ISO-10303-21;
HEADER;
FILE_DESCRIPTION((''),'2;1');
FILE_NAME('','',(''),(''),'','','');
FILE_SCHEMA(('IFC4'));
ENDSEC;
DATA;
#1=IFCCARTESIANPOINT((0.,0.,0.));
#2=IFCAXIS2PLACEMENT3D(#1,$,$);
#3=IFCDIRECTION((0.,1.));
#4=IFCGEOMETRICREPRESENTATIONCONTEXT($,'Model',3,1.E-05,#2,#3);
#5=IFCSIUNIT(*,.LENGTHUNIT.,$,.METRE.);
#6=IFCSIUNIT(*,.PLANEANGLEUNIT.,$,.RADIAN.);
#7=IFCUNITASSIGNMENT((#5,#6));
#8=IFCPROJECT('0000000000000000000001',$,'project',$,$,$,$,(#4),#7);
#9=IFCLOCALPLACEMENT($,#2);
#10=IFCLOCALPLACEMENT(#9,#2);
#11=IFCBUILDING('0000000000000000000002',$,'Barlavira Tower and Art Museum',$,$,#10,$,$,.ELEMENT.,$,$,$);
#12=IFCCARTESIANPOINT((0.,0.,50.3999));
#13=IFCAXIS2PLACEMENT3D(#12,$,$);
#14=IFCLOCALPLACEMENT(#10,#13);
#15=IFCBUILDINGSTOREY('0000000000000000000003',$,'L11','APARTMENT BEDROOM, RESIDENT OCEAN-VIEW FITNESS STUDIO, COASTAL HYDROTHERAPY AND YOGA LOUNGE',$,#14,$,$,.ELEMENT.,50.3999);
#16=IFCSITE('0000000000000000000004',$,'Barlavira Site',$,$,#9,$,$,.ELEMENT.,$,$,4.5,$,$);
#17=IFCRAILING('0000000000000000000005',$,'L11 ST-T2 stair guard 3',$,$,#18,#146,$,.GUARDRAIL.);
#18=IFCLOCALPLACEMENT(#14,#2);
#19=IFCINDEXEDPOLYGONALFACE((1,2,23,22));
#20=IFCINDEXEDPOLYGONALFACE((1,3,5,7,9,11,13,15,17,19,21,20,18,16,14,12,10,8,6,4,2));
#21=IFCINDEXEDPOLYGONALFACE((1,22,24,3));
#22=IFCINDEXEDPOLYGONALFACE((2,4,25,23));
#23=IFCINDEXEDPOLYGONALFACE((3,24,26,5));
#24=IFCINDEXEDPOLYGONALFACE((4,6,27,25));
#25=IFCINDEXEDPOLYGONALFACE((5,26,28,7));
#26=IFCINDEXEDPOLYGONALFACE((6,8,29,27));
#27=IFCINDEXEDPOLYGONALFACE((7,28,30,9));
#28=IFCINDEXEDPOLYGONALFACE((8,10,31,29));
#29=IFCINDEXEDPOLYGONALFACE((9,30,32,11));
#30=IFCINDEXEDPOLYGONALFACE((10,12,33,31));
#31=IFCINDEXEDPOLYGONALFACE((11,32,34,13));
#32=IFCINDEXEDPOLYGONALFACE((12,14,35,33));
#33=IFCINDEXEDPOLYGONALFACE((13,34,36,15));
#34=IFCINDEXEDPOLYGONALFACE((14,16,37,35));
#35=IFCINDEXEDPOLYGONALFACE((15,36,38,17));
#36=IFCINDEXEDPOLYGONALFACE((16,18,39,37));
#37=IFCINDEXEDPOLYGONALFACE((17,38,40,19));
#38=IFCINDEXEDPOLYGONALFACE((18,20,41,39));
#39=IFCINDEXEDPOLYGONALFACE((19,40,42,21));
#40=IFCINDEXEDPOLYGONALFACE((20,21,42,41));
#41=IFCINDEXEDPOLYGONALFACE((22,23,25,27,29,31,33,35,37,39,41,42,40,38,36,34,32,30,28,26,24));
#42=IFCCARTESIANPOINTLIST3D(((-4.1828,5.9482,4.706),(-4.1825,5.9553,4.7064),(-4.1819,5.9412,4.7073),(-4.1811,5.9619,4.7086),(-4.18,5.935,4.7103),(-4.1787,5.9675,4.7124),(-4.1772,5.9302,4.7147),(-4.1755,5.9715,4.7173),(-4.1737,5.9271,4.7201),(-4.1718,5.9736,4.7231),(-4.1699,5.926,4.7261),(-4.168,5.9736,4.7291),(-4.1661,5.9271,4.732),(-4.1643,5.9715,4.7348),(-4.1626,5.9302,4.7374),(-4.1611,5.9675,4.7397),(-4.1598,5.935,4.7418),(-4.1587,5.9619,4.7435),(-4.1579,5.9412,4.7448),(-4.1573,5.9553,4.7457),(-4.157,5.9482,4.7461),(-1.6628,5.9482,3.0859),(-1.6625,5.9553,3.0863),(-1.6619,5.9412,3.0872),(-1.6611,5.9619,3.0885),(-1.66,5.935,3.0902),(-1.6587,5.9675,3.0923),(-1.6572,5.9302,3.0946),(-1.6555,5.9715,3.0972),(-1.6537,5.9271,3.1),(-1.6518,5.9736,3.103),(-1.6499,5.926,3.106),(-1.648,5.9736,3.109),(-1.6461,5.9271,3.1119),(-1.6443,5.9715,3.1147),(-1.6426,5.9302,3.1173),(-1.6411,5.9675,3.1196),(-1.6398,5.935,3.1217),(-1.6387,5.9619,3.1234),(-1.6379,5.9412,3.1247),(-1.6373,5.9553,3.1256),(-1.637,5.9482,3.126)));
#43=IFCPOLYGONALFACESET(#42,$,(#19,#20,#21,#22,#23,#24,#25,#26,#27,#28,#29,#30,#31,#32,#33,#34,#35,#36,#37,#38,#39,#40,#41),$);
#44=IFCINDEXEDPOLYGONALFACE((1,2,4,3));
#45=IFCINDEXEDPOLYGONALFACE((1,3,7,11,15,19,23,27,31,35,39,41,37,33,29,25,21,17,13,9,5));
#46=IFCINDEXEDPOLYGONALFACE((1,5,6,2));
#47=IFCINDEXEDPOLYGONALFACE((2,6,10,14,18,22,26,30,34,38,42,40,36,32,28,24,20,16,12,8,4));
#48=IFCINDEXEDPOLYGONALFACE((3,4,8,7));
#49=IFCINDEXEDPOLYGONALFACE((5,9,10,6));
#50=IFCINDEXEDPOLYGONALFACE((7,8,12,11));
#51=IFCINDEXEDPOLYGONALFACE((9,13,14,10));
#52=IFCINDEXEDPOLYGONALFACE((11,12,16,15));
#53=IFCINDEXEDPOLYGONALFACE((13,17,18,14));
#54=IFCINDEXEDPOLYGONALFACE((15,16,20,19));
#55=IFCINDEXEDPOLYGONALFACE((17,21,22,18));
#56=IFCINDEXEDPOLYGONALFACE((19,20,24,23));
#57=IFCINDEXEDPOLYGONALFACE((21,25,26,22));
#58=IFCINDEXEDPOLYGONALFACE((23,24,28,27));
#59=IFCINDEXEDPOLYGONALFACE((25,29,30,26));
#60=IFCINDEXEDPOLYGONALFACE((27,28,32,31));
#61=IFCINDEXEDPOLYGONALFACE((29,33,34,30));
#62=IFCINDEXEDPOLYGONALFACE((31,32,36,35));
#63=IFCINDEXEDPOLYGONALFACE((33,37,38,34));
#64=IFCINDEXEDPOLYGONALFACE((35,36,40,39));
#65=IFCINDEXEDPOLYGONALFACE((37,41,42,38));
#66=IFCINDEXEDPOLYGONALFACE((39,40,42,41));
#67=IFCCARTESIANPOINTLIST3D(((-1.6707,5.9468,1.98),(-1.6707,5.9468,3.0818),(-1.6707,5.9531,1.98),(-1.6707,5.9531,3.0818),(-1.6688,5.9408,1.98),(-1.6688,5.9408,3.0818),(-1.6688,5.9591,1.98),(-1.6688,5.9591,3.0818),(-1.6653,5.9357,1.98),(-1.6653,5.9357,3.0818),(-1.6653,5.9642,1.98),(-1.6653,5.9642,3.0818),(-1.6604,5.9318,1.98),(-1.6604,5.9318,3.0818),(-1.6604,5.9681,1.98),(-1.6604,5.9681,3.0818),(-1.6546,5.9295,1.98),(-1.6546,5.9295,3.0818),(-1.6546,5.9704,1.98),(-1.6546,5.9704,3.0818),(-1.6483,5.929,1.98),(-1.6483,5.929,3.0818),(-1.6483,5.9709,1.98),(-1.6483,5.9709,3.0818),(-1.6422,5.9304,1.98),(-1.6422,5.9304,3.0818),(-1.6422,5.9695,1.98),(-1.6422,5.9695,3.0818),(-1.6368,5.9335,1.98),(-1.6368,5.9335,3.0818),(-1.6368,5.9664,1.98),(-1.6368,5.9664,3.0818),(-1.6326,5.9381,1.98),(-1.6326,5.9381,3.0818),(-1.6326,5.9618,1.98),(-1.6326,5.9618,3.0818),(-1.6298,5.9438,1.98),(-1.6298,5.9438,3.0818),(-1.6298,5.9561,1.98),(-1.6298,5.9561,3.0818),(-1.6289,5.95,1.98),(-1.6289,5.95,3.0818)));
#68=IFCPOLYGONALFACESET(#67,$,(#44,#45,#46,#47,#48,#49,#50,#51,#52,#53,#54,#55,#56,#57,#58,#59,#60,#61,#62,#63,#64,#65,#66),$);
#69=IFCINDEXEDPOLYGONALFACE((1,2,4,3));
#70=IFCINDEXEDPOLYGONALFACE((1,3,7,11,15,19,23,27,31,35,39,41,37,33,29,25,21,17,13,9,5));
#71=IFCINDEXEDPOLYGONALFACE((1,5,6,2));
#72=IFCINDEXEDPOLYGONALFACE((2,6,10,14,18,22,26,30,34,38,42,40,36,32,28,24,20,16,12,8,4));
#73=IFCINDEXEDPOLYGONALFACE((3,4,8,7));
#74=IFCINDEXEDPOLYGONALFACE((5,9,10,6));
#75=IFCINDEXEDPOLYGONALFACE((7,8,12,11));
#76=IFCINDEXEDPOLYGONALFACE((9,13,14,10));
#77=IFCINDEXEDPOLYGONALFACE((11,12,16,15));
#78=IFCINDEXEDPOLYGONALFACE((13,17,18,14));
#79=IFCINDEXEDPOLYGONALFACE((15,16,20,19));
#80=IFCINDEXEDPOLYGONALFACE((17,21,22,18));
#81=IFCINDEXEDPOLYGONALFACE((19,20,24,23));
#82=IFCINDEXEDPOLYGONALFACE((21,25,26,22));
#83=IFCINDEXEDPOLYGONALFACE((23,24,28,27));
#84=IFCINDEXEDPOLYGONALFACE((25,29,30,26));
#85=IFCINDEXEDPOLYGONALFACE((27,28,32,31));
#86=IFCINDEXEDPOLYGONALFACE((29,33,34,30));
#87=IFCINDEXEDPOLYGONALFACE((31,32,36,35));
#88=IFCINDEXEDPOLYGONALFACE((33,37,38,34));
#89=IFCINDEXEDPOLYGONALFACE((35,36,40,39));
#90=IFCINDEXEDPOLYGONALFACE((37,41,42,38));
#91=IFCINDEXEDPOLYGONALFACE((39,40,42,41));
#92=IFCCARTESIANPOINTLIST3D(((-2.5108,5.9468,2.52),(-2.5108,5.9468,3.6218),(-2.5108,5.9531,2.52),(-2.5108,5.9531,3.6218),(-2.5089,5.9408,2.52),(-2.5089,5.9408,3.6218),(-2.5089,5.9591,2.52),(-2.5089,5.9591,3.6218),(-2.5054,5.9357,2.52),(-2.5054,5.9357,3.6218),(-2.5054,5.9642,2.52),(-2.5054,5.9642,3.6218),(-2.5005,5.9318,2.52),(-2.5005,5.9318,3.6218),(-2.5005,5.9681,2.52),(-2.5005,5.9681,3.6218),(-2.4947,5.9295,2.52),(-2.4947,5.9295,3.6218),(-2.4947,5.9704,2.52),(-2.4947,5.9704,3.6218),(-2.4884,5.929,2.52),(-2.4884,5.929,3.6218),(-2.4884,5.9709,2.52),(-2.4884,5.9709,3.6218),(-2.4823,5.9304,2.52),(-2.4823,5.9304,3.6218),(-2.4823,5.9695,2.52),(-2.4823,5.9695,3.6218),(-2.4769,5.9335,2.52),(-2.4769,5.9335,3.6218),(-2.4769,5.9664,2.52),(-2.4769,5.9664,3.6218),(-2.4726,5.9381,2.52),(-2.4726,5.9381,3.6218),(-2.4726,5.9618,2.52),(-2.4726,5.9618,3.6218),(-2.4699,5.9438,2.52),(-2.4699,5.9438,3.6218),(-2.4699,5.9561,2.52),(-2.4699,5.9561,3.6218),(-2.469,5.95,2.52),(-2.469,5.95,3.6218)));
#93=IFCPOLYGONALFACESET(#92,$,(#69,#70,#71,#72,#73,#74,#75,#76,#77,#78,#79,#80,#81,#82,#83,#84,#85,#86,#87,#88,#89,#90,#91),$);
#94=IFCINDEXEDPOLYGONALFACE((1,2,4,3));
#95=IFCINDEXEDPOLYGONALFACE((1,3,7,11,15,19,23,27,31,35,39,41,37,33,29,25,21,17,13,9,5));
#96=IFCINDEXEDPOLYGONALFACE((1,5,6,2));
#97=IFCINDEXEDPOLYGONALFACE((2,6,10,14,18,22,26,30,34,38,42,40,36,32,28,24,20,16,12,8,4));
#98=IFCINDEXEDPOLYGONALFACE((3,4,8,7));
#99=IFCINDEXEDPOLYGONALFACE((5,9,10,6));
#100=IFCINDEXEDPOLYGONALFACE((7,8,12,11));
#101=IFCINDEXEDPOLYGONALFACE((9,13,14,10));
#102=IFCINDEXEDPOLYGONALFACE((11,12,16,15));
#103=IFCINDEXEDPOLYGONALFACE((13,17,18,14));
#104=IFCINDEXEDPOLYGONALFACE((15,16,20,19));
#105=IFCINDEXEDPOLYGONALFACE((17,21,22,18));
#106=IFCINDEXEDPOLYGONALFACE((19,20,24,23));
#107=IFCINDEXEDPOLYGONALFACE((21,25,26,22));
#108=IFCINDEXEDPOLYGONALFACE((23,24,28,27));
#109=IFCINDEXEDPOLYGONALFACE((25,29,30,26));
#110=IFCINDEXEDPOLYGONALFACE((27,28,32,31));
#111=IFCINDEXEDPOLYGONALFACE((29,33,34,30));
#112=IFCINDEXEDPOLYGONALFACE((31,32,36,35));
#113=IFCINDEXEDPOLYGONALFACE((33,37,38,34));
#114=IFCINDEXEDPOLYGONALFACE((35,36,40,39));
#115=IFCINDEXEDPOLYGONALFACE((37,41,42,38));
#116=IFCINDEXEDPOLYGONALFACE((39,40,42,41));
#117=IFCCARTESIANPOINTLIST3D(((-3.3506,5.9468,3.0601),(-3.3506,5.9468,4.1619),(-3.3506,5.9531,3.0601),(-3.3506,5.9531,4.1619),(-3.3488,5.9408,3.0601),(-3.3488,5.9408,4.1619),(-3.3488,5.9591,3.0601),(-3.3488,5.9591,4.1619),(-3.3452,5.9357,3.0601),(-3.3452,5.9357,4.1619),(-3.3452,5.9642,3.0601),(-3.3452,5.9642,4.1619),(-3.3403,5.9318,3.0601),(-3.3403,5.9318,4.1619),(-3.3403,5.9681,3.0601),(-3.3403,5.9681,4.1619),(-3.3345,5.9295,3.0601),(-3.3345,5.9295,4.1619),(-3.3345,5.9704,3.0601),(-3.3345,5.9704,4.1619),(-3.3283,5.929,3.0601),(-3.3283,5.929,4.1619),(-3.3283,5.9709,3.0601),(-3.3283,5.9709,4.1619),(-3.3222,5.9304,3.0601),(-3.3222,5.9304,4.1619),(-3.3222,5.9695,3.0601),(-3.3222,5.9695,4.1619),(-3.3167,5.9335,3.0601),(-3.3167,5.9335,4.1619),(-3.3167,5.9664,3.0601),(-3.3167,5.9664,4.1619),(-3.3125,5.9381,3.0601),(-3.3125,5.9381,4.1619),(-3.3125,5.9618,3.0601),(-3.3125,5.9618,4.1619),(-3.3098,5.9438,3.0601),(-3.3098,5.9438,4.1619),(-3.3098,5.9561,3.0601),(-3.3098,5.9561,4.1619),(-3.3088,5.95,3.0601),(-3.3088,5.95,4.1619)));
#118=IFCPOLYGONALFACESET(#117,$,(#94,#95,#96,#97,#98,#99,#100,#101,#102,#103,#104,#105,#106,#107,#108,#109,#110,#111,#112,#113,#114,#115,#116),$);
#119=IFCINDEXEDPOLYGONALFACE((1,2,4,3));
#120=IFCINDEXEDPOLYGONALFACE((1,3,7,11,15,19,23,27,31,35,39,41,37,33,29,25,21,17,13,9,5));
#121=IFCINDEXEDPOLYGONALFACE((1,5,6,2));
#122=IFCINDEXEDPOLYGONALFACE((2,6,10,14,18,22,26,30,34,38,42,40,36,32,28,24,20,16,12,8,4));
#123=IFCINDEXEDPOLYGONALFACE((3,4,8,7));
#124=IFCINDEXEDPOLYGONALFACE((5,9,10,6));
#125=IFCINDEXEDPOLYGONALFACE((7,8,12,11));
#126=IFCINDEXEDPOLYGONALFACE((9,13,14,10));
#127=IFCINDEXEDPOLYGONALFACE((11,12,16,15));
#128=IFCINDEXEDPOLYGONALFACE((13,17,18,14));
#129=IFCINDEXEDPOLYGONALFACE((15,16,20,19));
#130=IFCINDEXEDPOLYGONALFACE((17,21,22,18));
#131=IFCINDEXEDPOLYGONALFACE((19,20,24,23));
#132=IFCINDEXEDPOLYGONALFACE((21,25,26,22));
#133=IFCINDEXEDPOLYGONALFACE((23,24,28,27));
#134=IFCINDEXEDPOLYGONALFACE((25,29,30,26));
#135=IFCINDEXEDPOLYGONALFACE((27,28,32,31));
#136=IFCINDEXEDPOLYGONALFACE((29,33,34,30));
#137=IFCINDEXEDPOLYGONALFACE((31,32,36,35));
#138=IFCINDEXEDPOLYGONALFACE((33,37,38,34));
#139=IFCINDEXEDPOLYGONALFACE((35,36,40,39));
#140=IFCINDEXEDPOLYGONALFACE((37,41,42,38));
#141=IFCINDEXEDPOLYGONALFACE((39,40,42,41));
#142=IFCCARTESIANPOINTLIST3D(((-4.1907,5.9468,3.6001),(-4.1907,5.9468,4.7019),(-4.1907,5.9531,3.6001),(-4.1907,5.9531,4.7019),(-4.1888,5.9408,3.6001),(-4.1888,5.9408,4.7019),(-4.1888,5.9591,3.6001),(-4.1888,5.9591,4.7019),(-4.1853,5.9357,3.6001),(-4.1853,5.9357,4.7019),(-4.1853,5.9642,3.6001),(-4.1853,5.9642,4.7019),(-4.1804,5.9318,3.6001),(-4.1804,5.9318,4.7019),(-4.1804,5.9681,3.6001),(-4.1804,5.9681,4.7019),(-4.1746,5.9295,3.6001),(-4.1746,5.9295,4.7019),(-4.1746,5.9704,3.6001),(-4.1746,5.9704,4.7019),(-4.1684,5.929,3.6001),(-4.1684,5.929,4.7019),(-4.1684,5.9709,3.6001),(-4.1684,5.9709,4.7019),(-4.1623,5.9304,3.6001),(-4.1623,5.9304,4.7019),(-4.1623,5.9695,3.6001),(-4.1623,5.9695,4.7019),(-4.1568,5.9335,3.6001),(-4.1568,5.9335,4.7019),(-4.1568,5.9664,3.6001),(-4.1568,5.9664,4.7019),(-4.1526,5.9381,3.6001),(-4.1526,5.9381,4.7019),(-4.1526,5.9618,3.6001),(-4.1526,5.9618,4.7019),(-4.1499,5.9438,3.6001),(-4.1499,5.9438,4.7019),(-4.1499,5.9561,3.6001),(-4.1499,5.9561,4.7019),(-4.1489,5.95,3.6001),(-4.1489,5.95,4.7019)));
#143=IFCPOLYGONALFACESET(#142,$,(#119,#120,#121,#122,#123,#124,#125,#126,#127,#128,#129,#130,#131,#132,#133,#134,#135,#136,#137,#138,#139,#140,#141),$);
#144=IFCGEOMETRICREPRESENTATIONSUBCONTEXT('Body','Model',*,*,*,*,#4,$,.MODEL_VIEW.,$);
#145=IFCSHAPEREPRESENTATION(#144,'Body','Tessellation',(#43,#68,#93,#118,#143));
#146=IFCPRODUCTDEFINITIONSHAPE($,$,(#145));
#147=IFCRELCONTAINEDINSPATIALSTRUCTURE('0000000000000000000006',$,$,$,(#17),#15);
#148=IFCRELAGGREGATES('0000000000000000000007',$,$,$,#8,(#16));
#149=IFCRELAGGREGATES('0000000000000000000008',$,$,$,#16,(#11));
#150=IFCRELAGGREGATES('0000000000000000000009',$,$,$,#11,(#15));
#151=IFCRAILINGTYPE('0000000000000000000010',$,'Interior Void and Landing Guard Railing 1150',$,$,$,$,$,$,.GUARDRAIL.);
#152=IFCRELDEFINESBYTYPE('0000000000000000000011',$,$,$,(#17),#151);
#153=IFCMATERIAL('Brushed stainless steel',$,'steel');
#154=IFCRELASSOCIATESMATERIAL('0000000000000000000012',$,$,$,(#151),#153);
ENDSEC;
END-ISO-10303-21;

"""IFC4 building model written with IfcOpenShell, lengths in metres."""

from ifc_helpers import new_model, si_unit, direction, frame, origin, origin_2d, place, context, subcontext, project, spatial, circle, extrude, material, type_object, element, save


model = new_model("IFC4")

# Units and contexts
model_context = context("Model", 3, precision=1e-05, world=origin(), true_north=direction((0.0, 1.0)))
body_context = subcontext(model_context, "Body", "Model", "MODEL_VIEW")
ifc_project = project(units=[si_unit("LENGTHUNIT", "METRE"), si_unit("PLANEANGLEUNIT", "RADIAN")], contexts=[model_context])

# Site, building, storey
site_placement = place(None, origin())
site = spatial("IfcSite", under=ifc_project, at=site_placement, Name="Barlavira Site", CompositionType="ELEMENT", RefElevation=4.5)
building_placement = place(site_placement, origin())
building = spatial("IfcBuilding", under=site, at=building_placement, Name="Barlavira Tower and Art Museum", CompositionType="ELEMENT")
storey_placement = place(building_placement, frame((0.0, 0.0, 50.3999)))
storey = spatial("IfcBuildingStorey", under=building, at=storey_placement, Name="L11", Description="APARTMENT BEDROOM, RESIDENT OCEAN-VIEW FITNESS STUDIO, COASTAL HYDROTHERAPY AND YOGA LOUNGE", CompositionType="ELEMENT", Elevation=50.3999)

# Shared definitions
ifc_material_1 = material(Name="Brushed stainless steel", Category="steel")

# Railing
railing_type_1 = type_object("IfcRailingType", Name="Interior Void and Landing Guard Railing 1150", PredefinedType="GUARDRAIL", material=ifc_material_1)
railing_1_placement = place(storey_placement, frame((-1.6499, 5.95, 1.98)))
element("IfcRailing", 1, at=railing_1_placement, inside=storey, type_object=railing_type_1, Name="L11 ST-T2 stair guard 3", PredefinedType="GUARDRAIL", context=body_context, shape_type="SweptSolid", body=[
    extrude(circle(Radius=0.0239, at=origin_2d()), frame((0.0, 0.0, 1.126), z_axis=(-0.841163, 0.0, 0.540782), x_axis=(0.0, -1.0, 0.0)), (0.0, 0.0, 1.0), 2.9958),
    extrude(circle(Radius=0.021, at=origin_2d()), origin(), (0.0, 0.0, 1.0), 1.1018),
    extrude(circle(Radius=0.021, at=origin_2d()), frame((-0.8401, 0.0, 0.54)), (0.0, 0.0, 1.0), 1.1018),
    extrude(circle(Radius=0.021, at=origin_2d()), frame((-1.6799, 0.0, 1.0801)), (0.0, 0.0, 1.0), 1.1018),
    extrude(circle(Radius=0.021, at=origin_2d()), frame((-2.52, 0.0, 1.6201)), (0.0, 0.0, 1.0), 1.1018),
])

save(model, "model.ifc")
